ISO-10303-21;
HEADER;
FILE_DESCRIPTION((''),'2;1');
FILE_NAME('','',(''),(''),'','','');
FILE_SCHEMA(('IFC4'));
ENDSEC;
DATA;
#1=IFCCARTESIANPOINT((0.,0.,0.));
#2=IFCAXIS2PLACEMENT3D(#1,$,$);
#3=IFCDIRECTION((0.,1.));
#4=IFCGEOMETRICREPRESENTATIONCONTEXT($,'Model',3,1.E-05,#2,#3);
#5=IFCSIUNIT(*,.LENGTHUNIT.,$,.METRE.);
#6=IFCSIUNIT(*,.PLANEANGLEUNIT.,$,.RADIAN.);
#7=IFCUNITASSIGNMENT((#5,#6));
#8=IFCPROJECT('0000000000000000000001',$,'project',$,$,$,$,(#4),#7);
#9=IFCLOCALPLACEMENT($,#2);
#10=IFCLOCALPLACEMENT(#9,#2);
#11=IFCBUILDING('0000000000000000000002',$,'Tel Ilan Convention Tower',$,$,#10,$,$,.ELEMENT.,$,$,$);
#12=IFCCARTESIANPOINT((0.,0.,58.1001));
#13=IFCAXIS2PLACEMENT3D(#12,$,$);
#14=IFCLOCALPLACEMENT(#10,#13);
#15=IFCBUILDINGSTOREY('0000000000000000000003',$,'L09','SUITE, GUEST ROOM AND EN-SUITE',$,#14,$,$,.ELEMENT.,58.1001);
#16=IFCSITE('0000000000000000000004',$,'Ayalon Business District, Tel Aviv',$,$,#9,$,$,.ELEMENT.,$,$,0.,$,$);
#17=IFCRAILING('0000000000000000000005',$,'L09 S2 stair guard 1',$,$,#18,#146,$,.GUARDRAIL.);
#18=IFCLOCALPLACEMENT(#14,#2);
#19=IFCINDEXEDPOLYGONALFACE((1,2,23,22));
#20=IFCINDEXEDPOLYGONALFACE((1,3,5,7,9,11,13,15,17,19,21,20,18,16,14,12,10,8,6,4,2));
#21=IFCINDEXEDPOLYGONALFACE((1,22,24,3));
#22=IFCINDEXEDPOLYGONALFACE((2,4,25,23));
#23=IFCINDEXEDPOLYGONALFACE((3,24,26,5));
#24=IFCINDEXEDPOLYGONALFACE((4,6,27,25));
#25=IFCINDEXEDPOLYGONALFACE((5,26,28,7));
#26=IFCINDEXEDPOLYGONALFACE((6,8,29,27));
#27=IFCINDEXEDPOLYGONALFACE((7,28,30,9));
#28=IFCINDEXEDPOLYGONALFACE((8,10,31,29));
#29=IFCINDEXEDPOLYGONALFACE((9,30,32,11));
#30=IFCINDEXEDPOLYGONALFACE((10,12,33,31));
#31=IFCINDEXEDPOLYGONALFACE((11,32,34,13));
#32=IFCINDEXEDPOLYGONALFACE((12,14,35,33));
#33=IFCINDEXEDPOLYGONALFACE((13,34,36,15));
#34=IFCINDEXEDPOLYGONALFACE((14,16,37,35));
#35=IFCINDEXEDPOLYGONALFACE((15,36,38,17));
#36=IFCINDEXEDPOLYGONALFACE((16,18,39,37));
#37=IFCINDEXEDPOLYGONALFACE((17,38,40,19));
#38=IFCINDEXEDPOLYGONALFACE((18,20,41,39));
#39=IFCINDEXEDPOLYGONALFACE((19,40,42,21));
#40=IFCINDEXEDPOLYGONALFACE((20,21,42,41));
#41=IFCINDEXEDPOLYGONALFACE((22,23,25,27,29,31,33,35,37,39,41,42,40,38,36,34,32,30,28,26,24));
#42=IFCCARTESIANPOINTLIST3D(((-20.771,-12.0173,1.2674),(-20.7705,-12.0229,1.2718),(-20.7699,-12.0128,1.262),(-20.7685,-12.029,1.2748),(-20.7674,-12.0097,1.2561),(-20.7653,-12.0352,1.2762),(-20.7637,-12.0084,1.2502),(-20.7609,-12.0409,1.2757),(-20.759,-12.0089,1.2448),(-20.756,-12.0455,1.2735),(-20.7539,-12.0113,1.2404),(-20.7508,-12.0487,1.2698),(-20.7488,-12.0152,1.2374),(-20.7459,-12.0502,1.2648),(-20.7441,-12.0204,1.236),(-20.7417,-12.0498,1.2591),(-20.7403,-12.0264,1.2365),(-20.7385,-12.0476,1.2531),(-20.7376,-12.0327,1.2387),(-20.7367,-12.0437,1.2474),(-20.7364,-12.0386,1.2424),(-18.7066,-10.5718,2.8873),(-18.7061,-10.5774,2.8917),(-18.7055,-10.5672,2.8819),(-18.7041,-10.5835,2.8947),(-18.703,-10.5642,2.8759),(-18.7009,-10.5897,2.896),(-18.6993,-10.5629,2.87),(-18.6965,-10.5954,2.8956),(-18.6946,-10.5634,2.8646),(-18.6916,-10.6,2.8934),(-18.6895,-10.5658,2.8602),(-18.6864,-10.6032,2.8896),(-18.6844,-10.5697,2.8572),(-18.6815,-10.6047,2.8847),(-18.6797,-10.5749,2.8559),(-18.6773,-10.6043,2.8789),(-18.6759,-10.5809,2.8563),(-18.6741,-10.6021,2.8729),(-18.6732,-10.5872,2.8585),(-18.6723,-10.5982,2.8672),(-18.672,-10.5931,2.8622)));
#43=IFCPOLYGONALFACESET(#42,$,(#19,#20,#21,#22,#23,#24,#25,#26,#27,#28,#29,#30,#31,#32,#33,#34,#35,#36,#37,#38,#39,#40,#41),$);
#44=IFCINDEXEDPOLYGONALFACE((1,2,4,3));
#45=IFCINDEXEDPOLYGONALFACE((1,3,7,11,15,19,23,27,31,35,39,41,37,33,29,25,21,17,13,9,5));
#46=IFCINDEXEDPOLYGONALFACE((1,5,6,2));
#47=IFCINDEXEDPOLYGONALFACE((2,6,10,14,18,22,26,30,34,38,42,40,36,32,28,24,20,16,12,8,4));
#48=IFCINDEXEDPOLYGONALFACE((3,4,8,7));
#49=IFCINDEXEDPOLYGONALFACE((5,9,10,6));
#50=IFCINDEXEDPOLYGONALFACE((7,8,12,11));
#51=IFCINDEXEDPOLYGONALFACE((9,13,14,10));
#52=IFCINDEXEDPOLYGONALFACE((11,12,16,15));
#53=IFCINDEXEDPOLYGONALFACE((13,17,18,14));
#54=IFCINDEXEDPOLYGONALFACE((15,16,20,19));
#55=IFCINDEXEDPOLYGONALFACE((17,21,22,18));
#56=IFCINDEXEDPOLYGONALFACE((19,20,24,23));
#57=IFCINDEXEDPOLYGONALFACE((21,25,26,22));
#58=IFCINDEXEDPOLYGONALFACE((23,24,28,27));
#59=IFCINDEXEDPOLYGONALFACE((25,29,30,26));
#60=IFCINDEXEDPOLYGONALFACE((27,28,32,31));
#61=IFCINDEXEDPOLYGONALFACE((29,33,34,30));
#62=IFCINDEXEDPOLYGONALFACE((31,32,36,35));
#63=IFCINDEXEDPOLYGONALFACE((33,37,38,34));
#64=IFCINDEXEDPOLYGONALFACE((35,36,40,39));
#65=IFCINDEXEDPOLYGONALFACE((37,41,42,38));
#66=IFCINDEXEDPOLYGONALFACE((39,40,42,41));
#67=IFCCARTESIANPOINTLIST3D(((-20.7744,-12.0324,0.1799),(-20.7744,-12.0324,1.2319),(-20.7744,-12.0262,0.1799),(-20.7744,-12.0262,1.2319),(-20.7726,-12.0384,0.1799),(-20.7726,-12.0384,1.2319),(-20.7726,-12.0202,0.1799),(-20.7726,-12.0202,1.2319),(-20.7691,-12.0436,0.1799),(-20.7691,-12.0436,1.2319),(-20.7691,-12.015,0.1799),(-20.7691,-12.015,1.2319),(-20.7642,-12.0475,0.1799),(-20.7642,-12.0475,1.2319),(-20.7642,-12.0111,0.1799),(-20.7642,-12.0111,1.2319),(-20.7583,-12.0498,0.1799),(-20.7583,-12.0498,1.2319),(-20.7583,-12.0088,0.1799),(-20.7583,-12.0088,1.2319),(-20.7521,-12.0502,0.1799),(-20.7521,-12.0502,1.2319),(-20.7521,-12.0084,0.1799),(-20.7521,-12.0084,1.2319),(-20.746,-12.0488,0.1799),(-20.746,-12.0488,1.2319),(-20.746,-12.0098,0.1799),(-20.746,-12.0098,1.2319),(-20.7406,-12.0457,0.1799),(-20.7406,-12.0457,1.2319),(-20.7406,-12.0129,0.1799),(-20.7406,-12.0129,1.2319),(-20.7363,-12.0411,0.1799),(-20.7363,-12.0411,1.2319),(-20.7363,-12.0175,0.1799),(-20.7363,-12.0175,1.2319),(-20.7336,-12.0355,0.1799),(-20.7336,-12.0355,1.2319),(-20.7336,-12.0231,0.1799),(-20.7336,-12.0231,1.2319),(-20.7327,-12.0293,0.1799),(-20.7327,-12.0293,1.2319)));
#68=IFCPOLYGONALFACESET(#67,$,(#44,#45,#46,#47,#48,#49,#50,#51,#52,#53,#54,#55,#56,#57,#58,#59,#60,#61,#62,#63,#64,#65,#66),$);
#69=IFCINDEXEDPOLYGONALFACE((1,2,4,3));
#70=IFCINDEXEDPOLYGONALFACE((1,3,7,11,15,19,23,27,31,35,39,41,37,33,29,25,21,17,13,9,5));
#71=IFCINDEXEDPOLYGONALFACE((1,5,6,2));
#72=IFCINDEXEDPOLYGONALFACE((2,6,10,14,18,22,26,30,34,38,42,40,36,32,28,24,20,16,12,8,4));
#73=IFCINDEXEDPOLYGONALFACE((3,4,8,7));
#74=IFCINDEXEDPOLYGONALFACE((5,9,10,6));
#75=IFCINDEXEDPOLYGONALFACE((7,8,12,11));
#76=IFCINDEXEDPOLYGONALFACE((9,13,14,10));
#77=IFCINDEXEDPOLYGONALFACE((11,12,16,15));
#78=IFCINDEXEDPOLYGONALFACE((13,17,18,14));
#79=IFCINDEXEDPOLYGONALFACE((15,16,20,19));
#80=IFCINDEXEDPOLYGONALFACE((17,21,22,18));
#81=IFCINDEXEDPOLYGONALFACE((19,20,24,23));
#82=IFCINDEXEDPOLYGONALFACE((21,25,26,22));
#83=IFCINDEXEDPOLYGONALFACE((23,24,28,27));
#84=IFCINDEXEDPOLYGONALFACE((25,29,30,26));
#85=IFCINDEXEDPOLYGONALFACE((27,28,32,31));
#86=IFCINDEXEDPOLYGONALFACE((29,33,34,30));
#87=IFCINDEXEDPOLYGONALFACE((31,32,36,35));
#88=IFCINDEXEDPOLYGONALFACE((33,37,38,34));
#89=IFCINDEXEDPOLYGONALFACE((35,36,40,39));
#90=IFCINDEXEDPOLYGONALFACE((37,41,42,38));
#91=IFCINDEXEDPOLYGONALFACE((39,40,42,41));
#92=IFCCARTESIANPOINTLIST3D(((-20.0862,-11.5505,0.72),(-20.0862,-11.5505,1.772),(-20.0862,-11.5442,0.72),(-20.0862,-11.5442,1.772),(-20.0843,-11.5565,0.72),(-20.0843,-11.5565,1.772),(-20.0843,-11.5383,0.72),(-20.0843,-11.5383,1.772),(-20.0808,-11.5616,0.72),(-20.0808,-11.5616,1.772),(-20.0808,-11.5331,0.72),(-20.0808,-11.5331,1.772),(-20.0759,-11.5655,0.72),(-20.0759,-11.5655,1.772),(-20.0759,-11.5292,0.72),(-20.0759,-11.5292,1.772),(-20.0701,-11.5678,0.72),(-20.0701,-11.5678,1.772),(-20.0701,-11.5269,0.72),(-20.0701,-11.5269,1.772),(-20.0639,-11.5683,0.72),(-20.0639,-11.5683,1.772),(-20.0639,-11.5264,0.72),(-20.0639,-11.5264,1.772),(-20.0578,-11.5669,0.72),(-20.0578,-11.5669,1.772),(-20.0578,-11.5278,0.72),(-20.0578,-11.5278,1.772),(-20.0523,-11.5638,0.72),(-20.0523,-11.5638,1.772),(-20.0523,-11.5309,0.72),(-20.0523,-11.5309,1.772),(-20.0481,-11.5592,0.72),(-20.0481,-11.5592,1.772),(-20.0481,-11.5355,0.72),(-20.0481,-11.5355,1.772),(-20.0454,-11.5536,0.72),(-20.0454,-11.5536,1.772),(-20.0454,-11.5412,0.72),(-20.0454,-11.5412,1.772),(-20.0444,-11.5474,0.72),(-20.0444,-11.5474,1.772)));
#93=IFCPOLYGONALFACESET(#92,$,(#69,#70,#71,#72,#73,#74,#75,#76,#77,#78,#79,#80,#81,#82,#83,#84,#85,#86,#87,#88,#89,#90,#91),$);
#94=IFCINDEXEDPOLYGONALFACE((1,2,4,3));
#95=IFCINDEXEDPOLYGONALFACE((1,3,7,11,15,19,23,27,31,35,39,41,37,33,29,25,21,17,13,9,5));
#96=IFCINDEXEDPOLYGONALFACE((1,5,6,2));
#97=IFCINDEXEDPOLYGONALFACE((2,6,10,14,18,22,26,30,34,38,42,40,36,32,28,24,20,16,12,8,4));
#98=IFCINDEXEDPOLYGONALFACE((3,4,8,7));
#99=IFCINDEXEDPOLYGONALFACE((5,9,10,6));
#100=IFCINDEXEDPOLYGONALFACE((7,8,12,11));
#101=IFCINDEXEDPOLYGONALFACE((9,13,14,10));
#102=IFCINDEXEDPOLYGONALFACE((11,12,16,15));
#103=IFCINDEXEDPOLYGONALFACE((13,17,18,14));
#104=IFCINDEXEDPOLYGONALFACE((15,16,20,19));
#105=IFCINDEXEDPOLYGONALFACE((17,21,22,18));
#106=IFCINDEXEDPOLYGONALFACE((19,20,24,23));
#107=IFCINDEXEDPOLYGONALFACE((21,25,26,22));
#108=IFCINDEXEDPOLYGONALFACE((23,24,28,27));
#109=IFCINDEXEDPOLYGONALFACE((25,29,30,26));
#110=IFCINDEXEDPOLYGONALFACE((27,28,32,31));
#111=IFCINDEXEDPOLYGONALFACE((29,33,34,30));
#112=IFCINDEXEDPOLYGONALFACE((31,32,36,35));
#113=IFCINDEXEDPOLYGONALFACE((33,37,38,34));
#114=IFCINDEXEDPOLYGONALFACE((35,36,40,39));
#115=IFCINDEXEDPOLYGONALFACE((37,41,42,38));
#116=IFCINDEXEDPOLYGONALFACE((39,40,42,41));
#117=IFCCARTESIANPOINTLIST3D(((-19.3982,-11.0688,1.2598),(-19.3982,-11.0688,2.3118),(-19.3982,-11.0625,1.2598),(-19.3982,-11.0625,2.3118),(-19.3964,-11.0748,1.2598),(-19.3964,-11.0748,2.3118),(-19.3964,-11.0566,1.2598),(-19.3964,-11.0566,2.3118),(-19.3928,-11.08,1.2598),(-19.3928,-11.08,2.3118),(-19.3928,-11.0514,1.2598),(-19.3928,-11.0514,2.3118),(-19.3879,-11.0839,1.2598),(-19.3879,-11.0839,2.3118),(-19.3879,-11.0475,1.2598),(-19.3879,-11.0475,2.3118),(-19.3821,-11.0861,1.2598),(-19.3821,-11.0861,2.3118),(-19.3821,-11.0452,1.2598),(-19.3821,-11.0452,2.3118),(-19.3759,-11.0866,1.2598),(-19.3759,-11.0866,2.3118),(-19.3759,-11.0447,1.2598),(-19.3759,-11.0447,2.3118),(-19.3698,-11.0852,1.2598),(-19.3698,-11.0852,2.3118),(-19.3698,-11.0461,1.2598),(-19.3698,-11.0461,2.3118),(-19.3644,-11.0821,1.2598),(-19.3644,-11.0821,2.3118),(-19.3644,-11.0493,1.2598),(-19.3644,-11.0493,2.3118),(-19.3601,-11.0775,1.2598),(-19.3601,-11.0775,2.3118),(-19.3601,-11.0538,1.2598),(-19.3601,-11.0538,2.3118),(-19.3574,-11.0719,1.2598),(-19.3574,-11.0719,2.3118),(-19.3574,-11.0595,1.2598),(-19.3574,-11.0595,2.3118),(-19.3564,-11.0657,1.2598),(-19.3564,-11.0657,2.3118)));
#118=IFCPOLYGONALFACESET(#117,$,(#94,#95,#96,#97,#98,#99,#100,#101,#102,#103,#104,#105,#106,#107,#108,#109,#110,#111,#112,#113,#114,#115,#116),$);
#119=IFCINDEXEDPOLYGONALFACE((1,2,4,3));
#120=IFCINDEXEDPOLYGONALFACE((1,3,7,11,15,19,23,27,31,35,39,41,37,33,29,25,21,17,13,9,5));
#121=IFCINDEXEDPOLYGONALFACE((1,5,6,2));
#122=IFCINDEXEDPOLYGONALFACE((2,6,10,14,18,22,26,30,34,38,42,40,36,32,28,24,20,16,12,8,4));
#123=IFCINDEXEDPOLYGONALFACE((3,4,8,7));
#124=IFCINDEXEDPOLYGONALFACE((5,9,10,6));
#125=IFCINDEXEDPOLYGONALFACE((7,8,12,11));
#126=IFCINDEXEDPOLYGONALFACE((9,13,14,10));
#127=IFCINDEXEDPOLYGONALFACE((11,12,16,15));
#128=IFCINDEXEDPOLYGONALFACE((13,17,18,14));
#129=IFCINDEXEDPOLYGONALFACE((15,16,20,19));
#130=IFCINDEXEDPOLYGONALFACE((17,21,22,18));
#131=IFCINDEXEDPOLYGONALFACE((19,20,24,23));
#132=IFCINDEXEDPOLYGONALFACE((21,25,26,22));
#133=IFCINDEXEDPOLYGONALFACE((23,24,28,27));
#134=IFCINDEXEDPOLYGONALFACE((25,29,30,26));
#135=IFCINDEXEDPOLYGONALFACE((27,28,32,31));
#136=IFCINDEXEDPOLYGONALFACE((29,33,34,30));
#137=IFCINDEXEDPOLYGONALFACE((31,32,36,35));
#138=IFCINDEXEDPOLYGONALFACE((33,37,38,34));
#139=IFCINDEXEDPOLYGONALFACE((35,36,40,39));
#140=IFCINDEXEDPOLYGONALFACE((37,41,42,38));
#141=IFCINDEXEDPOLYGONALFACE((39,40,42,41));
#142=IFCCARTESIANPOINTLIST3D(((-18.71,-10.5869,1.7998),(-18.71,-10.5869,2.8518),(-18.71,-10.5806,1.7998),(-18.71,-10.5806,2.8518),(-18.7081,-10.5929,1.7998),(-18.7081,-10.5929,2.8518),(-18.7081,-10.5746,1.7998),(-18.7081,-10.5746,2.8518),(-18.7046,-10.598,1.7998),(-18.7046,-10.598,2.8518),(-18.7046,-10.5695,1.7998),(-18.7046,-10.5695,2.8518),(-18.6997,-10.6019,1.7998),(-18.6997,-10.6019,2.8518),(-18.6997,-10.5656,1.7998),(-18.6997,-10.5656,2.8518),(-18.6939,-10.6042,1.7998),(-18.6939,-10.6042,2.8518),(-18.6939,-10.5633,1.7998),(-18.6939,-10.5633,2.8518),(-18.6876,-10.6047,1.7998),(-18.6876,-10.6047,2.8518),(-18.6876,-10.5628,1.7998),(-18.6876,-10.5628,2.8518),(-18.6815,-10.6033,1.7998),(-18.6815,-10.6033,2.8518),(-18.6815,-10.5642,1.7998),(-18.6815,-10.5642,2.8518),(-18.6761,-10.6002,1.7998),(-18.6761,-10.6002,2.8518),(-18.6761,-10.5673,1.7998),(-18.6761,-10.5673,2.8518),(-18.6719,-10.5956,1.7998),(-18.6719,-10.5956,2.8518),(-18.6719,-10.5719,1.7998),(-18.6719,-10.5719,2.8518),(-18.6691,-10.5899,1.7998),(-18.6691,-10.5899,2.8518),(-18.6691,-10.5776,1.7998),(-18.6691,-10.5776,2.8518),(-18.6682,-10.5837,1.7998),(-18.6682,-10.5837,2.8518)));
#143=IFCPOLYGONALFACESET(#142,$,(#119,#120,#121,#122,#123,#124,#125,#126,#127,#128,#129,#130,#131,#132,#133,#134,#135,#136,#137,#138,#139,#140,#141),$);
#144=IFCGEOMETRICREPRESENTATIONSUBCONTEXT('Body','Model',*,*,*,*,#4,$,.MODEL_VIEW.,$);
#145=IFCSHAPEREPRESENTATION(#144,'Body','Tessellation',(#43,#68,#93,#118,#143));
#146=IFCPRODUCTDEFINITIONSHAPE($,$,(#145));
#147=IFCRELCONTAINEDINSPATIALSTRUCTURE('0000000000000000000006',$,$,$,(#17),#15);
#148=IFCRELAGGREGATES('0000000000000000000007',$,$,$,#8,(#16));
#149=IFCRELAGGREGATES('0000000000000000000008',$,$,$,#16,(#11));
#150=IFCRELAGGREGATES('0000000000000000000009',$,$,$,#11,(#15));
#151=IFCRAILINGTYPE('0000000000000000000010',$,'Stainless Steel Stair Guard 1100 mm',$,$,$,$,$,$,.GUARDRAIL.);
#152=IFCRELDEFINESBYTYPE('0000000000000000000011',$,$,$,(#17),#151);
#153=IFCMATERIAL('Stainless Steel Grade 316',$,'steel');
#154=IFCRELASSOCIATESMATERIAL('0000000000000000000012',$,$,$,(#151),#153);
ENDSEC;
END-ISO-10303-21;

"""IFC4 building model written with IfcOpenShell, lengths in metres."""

from ifc_helpers import new_model, si_unit, direction, frame, origin, origin_2d, place, context, subcontext, project, spatial, circle, extrude, material, type_object, element, save


model = new_model("IFC4")

# Units and contexts
model_context = context("Model", 3, precision=1e-05, world=origin(), true_north=direction((0.0, 1.0)))
body_context = subcontext(model_context, "Body", "Model", "MODEL_VIEW")
ifc_project = project(units=[si_unit("LENGTHUNIT", "METRE"), si_unit("PLANEANGLEUNIT", "RADIAN")], contexts=[model_context])

# Site, building, storey
site_placement = place(None, origin())
site = spatial("IfcSite", under=ifc_project, at=site_placement, Name="Ayalon Business District, Tel Aviv", CompositionType="ELEMENT", RefElevation=0.0)
building_placement = place(site_placement, origin())
building = spatial("IfcBuilding", under=site, at=building_placement, Name="Tel Ilan Convention Tower", CompositionType="ELEMENT")
storey_placement = place(building_placement, frame((0.0, 0.0, 58.1001)))
storey = spatial("IfcBuildingStorey", under=building, at=storey_placement, Name="L09", Description="SUITE, GUEST ROOM AND EN-SUITE", CompositionType="ELEMENT", Elevation=58.1001)

# Railing
ifc_material_1 = material(Name="Stainless Steel Grade 316", Category="steel")
railing_type_1 = type_object("IfcRailingType", Name="Stainless Steel Stair Guard 1100 mm", PredefinedType="GUARDRAIL", material=ifc_material_1)
railing_1_placement = place(storey_placement, frame((-20.7537, -12.0293, 0.1799)))
element("IfcRailing", 1, at=railing_1_placement, inside=storey, type_object=railing_type_1, Name="L09 S2 stair guard 1", PredefinedType="GUARDRAIL", context=body_context, shape_type="SweptSolid", body=[
    extrude(circle(Radius=0.0239, at=origin_2d()), frame((0.0, 0.0, 1.0762), z_axis=(0.689086, 0.482507, 0.540691), x_axis=(-0.573579, 0.81915, 0.0)), (0.0, 0.0, 1.0), 2.9958),
    extrude(circle(Radius=0.021, at=origin_2d()), origin(), (0.0, 0.0, 1.0), 1.052),
    extrude(circle(Radius=0.021, at=origin_2d()), frame((0.6882, 0.4819, 0.54)), (0.0, 0.0, 1.0), 1.052),
    extrude(circle(Radius=0.021, at=origin_2d()), frame((1.3762, 0.9636, 1.0798)), (0.0, 0.0, 1.0), 1.052),
    extrude(circle(Radius=0.021, at=origin_2d()), frame((2.0645, 1.4456, 1.6199)), (0.0, 0.0, 1.0), 1.052),
])

save(model, "model.ifc")
